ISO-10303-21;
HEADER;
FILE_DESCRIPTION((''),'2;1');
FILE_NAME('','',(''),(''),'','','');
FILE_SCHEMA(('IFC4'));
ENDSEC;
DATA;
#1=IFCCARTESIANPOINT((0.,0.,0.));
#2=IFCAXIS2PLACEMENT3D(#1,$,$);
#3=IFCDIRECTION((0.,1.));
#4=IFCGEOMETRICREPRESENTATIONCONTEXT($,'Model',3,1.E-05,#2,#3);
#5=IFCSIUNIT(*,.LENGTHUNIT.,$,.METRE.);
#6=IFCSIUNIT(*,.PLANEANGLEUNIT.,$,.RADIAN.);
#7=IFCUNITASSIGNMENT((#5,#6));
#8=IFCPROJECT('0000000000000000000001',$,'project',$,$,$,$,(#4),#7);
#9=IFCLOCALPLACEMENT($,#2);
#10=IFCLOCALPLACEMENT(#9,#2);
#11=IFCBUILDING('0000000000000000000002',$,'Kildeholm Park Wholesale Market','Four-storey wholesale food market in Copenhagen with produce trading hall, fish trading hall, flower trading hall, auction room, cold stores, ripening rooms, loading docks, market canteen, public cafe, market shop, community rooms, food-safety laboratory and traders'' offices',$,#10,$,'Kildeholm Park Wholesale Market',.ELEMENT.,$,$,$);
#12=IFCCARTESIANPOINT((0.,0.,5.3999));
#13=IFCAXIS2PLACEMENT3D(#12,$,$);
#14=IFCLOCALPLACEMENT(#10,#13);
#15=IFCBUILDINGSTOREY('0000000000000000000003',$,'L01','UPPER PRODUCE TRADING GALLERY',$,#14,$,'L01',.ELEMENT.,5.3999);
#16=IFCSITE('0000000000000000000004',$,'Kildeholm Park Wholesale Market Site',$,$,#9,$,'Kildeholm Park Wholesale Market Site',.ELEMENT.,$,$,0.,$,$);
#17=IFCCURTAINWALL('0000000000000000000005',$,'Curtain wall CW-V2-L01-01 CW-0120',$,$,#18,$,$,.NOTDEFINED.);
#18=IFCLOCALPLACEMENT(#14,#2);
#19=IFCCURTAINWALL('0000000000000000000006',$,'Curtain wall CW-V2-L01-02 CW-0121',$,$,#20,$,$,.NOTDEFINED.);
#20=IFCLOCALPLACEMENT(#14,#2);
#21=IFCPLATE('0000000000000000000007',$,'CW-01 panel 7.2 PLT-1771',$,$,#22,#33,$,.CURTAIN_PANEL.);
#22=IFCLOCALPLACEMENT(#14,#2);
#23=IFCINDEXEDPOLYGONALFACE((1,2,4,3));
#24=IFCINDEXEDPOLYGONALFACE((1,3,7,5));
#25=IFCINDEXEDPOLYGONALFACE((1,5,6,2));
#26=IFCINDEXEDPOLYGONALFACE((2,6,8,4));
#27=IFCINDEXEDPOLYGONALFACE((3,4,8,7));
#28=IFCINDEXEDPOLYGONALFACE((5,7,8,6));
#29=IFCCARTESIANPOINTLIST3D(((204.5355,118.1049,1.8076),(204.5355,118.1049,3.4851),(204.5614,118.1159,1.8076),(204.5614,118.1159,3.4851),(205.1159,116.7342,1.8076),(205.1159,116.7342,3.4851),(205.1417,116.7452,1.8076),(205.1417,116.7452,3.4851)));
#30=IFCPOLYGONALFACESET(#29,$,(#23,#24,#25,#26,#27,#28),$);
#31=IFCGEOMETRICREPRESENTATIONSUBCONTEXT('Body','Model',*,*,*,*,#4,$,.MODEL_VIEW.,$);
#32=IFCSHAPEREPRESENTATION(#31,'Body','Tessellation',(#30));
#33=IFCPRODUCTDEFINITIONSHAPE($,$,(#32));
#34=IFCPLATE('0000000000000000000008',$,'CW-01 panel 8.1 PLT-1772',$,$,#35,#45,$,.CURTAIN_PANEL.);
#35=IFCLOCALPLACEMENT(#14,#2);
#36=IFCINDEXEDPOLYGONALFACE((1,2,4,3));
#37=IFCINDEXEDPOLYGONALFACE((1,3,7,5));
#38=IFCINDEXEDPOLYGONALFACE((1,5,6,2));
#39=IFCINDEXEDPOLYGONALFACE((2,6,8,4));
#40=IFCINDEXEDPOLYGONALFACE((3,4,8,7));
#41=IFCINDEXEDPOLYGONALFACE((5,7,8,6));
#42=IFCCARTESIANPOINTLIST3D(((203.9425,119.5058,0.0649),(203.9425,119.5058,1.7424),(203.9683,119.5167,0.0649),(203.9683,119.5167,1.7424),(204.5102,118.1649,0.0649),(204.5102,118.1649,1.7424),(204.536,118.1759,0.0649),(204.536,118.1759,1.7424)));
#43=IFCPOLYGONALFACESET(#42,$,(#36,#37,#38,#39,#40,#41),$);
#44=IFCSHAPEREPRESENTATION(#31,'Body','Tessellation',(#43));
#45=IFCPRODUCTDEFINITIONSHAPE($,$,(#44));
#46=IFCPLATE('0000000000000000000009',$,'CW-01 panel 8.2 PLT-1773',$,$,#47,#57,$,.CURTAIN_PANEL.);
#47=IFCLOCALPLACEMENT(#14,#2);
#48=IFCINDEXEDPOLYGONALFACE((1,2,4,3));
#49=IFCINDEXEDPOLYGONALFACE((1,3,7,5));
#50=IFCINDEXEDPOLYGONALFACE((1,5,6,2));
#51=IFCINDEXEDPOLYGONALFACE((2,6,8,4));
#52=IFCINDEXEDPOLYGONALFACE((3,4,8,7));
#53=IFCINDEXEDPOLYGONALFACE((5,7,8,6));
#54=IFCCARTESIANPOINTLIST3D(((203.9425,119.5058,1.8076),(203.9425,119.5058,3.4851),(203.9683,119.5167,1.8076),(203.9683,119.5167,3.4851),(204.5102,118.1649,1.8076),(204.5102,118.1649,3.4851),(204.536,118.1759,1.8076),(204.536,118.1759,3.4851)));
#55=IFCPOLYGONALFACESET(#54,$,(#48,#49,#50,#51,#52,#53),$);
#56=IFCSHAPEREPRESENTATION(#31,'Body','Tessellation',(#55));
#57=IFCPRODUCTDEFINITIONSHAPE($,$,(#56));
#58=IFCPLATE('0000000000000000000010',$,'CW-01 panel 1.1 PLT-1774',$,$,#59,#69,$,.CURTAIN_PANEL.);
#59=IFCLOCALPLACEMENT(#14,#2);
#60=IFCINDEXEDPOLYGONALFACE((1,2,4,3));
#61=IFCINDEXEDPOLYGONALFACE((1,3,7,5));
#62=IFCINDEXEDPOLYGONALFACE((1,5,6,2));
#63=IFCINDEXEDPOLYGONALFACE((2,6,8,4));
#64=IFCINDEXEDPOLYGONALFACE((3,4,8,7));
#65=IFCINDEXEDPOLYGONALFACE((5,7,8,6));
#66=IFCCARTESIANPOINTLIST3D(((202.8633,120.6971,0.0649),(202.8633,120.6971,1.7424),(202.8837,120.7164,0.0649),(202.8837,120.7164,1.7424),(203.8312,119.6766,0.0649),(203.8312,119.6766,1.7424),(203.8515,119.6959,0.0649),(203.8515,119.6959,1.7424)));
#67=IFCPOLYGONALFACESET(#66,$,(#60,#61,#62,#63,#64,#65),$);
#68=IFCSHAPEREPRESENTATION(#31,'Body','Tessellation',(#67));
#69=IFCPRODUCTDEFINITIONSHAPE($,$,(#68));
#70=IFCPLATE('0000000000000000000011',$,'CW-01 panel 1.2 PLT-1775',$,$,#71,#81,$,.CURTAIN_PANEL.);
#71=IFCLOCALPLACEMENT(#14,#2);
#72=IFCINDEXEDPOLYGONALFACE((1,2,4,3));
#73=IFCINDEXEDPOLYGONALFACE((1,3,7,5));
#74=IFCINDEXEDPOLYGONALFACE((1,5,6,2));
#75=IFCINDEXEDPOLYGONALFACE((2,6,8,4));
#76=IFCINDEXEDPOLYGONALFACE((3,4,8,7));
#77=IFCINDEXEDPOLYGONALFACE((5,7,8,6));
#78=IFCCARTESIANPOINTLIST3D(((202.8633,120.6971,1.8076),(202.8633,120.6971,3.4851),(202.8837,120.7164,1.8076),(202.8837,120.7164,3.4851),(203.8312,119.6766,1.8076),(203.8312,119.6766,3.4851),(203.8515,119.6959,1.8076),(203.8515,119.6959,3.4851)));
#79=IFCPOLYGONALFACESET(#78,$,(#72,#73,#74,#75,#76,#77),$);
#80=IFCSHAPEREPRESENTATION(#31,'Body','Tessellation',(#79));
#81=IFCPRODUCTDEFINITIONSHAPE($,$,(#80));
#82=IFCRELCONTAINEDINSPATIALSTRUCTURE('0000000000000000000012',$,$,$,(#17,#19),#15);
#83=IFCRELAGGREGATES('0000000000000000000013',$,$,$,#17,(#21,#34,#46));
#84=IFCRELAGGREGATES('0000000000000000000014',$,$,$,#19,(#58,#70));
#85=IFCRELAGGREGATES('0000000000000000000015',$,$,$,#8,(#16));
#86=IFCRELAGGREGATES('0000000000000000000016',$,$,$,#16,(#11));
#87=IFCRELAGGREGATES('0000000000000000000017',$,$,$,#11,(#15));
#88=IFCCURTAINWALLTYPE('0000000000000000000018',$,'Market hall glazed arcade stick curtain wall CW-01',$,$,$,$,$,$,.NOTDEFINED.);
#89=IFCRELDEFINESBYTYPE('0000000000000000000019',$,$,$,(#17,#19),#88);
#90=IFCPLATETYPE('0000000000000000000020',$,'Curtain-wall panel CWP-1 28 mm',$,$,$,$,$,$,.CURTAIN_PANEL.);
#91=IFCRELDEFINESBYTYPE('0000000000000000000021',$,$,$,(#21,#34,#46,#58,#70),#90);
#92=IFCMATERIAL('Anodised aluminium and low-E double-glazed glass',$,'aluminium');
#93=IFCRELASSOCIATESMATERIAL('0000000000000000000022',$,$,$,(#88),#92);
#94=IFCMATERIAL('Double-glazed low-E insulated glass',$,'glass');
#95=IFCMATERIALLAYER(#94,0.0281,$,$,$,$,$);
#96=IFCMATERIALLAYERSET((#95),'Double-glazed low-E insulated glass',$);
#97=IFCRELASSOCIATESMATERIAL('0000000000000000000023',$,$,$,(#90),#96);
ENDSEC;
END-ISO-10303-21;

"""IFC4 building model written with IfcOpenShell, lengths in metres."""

from ifc_helpers import new_model, si_unit, direction, frame, origin, origin_2d, place, context, subcontext, project, spatial, rectangle, extrude, material, layer, layer_set, type_object, element, aggregate, save


model = new_model("IFC4")

# Units and contexts
model_context = context("Model", 3, precision=1e-05, world=origin(), true_north=direction((0.0, 1.0)))
body_context = subcontext(model_context, "Body", "Model", "MODEL_VIEW")
ifc_project = project(units=[si_unit("LENGTHUNIT", "METRE"), si_unit("PLANEANGLEUNIT", "RADIAN")], contexts=[model_context])

# Site, building, storey
site_placement = place(None, origin())
site = spatial("IfcSite", under=ifc_project, at=site_placement, Name="Kildeholm Park Wholesale Market Site", LongName="Kildeholm Park Wholesale Market Site", CompositionType="ELEMENT", RefElevation=0.0)
building_placement = place(site_placement, origin())
building = spatial("IfcBuilding", under=site, at=building_placement, Name="Kildeholm Park Wholesale Market", Description="Four-storey wholesale food market in Copenhagen with produce trading hall, fish trading hall, flower trading hall, auction room, cold stores, ripening rooms, loading docks, market canteen, public cafe, market shop, community rooms, food-safety laboratory and traders' offices", LongName="Kildeholm Park Wholesale Market", CompositionType="ELEMENT")
storey_placement = place(building_placement, frame((0.0, 0.0, 5.3999)))
storey = spatial("IfcBuildingStorey", under=building, at=storey_placement, Name="L01", Description="UPPER PRODUCE TRADING GALLERY", LongName="L01", CompositionType="ELEMENT", Elevation=5.3999)

# Curtain walls
ifc_material_1 = material(Name="Anodised aluminium and low-E double-glazed glass", Category="aluminium")
curtain_wall_type = type_object("IfcCurtainWallType", Name="Market hall glazed arcade stick curtain wall CW-01", PredefinedType="NOTDEFINED", material=ifc_material_1)
curtain_wall_1_placement = place(storey_placement, origin())
curtain_wall_1 = element("IfcCurtainWall", 1, at=curtain_wall_1_placement, inside=storey, type_object=curtain_wall_type, Name="Curtain wall CW-V2-L01-01 CW-0120", PredefinedType="NOTDEFINED")
curtain_wall_2_placement = place(storey_placement, origin())
curtain_wall_2 = element("IfcCurtainWall", 2, at=curtain_wall_2_placement, inside=storey, type_object=curtain_wall_type, Name="Curtain wall CW-V2-L01-02 CW-0121", PredefinedType="NOTDEFINED")

# Plates
ifc_material_2 = material(Name="Double-glazed low-E insulated glass", Category="glass")
ifc_layer = layer(ifc_material_2, 0.0281)
ifc_layer_set = layer_set([ifc_layer], Name="Double-glazed low-E insulated glass")
plate_type = type_object("IfcPlateType", Name="Curtain-wall panel CWP-1 28 mm", PredefinedType="CURTAIN_PANEL", material=ifc_layer_set)
plate_1_placement = place(storey_placement, frame((204.8386, 117.425, 1.8076), z_axis=(0.0, 0.0, 1.0), x_axis=(-0.389905, 0.920855, 0.0)))
plate_1 = element("IfcPlate", 3, at=plate_1_placement, type_object=plate_type, Name="CW-01 panel 7.2 PLT-1771", PredefinedType="CURTAIN_PANEL", context=body_context, shape_type="SweptSolid", body=[
    extrude(rectangle(XDim=1.4885, YDim=0.0281, at=origin_2d()), origin(), (0.0, 0.0, 1.0), 1.6775),
])
plate_2_placement = place(storey_placement, frame((204.2393, 118.8408, 0.0649), z_axis=(0.0, 0.0, 1.0), x_axis=(-0.389905, 0.920855, 0.0)))
plate_2 = element("IfcPlate", 4, at=plate_2_placement, type_object=plate_type, Name="CW-01 panel 8.1 PLT-1772", PredefinedType="CURTAIN_PANEL", context=body_context, shape_type="SweptSolid", body=[
    extrude(rectangle(XDim=1.4561, YDim=0.0281, at=origin_2d()), origin(), (0.0, 0.0, 1.0), 1.6775),
])
plate_3_placement = place(storey_placement, frame((204.2393, 118.8408, 1.8076), z_axis=(0.0, 0.0, 1.0), x_axis=(-0.389905, 0.920855, 0.0)))
plate_3 = element("IfcPlate", 5, at=plate_3_placement, type_object=plate_type, Name="CW-01 panel 8.2 PLT-1773", PredefinedType="CURTAIN_PANEL", context=body_context, shape_type="SweptSolid", body=[
    extrude(rectangle(XDim=1.4561, YDim=0.0281, at=origin_2d()), origin(), (0.0, 0.0, 1.0), 1.6775),
])
aggregate(curtain_wall_1, [plate_1, plate_2, plate_3])
plate_4_placement = place(storey_placement, frame((203.3574, 120.1965, 0.0649), z_axis=(0.0, 0.0, 1.0), x_axis=(-0.688148, 0.725571, 0.0)))
plate_4 = element("IfcPlate", 6, at=plate_4_placement, type_object=plate_type, Name="CW-01 panel 1.1 PLT-1774", PredefinedType="CURTAIN_PANEL", context=body_context, shape_type="SweptSolid", body=[
    extrude(rectangle(XDim=1.4065, YDim=0.0281, at=origin_2d()), origin(), (0.0, 0.0, 1.0), 1.6775),
])
plate_5_placement = place(storey_placement, frame((203.3574, 120.1965, 1.8076), z_axis=(0.0, 0.0, 1.0), x_axis=(-0.688148, 0.725571, 0.0)))
plate_5 = element("IfcPlate", 7, at=plate_5_placement, type_object=plate_type, Name="CW-01 panel 1.2 PLT-1775", PredefinedType="CURTAIN_PANEL", context=body_context, shape_type="SweptSolid", body=[
    extrude(rectangle(XDim=1.4065, YDim=0.0281, at=origin_2d()), origin(), (0.0, 0.0, 1.0), 1.6775),
])
aggregate(curtain_wall_2, [plate_4, plate_5])

save(model, "model.ifc")
